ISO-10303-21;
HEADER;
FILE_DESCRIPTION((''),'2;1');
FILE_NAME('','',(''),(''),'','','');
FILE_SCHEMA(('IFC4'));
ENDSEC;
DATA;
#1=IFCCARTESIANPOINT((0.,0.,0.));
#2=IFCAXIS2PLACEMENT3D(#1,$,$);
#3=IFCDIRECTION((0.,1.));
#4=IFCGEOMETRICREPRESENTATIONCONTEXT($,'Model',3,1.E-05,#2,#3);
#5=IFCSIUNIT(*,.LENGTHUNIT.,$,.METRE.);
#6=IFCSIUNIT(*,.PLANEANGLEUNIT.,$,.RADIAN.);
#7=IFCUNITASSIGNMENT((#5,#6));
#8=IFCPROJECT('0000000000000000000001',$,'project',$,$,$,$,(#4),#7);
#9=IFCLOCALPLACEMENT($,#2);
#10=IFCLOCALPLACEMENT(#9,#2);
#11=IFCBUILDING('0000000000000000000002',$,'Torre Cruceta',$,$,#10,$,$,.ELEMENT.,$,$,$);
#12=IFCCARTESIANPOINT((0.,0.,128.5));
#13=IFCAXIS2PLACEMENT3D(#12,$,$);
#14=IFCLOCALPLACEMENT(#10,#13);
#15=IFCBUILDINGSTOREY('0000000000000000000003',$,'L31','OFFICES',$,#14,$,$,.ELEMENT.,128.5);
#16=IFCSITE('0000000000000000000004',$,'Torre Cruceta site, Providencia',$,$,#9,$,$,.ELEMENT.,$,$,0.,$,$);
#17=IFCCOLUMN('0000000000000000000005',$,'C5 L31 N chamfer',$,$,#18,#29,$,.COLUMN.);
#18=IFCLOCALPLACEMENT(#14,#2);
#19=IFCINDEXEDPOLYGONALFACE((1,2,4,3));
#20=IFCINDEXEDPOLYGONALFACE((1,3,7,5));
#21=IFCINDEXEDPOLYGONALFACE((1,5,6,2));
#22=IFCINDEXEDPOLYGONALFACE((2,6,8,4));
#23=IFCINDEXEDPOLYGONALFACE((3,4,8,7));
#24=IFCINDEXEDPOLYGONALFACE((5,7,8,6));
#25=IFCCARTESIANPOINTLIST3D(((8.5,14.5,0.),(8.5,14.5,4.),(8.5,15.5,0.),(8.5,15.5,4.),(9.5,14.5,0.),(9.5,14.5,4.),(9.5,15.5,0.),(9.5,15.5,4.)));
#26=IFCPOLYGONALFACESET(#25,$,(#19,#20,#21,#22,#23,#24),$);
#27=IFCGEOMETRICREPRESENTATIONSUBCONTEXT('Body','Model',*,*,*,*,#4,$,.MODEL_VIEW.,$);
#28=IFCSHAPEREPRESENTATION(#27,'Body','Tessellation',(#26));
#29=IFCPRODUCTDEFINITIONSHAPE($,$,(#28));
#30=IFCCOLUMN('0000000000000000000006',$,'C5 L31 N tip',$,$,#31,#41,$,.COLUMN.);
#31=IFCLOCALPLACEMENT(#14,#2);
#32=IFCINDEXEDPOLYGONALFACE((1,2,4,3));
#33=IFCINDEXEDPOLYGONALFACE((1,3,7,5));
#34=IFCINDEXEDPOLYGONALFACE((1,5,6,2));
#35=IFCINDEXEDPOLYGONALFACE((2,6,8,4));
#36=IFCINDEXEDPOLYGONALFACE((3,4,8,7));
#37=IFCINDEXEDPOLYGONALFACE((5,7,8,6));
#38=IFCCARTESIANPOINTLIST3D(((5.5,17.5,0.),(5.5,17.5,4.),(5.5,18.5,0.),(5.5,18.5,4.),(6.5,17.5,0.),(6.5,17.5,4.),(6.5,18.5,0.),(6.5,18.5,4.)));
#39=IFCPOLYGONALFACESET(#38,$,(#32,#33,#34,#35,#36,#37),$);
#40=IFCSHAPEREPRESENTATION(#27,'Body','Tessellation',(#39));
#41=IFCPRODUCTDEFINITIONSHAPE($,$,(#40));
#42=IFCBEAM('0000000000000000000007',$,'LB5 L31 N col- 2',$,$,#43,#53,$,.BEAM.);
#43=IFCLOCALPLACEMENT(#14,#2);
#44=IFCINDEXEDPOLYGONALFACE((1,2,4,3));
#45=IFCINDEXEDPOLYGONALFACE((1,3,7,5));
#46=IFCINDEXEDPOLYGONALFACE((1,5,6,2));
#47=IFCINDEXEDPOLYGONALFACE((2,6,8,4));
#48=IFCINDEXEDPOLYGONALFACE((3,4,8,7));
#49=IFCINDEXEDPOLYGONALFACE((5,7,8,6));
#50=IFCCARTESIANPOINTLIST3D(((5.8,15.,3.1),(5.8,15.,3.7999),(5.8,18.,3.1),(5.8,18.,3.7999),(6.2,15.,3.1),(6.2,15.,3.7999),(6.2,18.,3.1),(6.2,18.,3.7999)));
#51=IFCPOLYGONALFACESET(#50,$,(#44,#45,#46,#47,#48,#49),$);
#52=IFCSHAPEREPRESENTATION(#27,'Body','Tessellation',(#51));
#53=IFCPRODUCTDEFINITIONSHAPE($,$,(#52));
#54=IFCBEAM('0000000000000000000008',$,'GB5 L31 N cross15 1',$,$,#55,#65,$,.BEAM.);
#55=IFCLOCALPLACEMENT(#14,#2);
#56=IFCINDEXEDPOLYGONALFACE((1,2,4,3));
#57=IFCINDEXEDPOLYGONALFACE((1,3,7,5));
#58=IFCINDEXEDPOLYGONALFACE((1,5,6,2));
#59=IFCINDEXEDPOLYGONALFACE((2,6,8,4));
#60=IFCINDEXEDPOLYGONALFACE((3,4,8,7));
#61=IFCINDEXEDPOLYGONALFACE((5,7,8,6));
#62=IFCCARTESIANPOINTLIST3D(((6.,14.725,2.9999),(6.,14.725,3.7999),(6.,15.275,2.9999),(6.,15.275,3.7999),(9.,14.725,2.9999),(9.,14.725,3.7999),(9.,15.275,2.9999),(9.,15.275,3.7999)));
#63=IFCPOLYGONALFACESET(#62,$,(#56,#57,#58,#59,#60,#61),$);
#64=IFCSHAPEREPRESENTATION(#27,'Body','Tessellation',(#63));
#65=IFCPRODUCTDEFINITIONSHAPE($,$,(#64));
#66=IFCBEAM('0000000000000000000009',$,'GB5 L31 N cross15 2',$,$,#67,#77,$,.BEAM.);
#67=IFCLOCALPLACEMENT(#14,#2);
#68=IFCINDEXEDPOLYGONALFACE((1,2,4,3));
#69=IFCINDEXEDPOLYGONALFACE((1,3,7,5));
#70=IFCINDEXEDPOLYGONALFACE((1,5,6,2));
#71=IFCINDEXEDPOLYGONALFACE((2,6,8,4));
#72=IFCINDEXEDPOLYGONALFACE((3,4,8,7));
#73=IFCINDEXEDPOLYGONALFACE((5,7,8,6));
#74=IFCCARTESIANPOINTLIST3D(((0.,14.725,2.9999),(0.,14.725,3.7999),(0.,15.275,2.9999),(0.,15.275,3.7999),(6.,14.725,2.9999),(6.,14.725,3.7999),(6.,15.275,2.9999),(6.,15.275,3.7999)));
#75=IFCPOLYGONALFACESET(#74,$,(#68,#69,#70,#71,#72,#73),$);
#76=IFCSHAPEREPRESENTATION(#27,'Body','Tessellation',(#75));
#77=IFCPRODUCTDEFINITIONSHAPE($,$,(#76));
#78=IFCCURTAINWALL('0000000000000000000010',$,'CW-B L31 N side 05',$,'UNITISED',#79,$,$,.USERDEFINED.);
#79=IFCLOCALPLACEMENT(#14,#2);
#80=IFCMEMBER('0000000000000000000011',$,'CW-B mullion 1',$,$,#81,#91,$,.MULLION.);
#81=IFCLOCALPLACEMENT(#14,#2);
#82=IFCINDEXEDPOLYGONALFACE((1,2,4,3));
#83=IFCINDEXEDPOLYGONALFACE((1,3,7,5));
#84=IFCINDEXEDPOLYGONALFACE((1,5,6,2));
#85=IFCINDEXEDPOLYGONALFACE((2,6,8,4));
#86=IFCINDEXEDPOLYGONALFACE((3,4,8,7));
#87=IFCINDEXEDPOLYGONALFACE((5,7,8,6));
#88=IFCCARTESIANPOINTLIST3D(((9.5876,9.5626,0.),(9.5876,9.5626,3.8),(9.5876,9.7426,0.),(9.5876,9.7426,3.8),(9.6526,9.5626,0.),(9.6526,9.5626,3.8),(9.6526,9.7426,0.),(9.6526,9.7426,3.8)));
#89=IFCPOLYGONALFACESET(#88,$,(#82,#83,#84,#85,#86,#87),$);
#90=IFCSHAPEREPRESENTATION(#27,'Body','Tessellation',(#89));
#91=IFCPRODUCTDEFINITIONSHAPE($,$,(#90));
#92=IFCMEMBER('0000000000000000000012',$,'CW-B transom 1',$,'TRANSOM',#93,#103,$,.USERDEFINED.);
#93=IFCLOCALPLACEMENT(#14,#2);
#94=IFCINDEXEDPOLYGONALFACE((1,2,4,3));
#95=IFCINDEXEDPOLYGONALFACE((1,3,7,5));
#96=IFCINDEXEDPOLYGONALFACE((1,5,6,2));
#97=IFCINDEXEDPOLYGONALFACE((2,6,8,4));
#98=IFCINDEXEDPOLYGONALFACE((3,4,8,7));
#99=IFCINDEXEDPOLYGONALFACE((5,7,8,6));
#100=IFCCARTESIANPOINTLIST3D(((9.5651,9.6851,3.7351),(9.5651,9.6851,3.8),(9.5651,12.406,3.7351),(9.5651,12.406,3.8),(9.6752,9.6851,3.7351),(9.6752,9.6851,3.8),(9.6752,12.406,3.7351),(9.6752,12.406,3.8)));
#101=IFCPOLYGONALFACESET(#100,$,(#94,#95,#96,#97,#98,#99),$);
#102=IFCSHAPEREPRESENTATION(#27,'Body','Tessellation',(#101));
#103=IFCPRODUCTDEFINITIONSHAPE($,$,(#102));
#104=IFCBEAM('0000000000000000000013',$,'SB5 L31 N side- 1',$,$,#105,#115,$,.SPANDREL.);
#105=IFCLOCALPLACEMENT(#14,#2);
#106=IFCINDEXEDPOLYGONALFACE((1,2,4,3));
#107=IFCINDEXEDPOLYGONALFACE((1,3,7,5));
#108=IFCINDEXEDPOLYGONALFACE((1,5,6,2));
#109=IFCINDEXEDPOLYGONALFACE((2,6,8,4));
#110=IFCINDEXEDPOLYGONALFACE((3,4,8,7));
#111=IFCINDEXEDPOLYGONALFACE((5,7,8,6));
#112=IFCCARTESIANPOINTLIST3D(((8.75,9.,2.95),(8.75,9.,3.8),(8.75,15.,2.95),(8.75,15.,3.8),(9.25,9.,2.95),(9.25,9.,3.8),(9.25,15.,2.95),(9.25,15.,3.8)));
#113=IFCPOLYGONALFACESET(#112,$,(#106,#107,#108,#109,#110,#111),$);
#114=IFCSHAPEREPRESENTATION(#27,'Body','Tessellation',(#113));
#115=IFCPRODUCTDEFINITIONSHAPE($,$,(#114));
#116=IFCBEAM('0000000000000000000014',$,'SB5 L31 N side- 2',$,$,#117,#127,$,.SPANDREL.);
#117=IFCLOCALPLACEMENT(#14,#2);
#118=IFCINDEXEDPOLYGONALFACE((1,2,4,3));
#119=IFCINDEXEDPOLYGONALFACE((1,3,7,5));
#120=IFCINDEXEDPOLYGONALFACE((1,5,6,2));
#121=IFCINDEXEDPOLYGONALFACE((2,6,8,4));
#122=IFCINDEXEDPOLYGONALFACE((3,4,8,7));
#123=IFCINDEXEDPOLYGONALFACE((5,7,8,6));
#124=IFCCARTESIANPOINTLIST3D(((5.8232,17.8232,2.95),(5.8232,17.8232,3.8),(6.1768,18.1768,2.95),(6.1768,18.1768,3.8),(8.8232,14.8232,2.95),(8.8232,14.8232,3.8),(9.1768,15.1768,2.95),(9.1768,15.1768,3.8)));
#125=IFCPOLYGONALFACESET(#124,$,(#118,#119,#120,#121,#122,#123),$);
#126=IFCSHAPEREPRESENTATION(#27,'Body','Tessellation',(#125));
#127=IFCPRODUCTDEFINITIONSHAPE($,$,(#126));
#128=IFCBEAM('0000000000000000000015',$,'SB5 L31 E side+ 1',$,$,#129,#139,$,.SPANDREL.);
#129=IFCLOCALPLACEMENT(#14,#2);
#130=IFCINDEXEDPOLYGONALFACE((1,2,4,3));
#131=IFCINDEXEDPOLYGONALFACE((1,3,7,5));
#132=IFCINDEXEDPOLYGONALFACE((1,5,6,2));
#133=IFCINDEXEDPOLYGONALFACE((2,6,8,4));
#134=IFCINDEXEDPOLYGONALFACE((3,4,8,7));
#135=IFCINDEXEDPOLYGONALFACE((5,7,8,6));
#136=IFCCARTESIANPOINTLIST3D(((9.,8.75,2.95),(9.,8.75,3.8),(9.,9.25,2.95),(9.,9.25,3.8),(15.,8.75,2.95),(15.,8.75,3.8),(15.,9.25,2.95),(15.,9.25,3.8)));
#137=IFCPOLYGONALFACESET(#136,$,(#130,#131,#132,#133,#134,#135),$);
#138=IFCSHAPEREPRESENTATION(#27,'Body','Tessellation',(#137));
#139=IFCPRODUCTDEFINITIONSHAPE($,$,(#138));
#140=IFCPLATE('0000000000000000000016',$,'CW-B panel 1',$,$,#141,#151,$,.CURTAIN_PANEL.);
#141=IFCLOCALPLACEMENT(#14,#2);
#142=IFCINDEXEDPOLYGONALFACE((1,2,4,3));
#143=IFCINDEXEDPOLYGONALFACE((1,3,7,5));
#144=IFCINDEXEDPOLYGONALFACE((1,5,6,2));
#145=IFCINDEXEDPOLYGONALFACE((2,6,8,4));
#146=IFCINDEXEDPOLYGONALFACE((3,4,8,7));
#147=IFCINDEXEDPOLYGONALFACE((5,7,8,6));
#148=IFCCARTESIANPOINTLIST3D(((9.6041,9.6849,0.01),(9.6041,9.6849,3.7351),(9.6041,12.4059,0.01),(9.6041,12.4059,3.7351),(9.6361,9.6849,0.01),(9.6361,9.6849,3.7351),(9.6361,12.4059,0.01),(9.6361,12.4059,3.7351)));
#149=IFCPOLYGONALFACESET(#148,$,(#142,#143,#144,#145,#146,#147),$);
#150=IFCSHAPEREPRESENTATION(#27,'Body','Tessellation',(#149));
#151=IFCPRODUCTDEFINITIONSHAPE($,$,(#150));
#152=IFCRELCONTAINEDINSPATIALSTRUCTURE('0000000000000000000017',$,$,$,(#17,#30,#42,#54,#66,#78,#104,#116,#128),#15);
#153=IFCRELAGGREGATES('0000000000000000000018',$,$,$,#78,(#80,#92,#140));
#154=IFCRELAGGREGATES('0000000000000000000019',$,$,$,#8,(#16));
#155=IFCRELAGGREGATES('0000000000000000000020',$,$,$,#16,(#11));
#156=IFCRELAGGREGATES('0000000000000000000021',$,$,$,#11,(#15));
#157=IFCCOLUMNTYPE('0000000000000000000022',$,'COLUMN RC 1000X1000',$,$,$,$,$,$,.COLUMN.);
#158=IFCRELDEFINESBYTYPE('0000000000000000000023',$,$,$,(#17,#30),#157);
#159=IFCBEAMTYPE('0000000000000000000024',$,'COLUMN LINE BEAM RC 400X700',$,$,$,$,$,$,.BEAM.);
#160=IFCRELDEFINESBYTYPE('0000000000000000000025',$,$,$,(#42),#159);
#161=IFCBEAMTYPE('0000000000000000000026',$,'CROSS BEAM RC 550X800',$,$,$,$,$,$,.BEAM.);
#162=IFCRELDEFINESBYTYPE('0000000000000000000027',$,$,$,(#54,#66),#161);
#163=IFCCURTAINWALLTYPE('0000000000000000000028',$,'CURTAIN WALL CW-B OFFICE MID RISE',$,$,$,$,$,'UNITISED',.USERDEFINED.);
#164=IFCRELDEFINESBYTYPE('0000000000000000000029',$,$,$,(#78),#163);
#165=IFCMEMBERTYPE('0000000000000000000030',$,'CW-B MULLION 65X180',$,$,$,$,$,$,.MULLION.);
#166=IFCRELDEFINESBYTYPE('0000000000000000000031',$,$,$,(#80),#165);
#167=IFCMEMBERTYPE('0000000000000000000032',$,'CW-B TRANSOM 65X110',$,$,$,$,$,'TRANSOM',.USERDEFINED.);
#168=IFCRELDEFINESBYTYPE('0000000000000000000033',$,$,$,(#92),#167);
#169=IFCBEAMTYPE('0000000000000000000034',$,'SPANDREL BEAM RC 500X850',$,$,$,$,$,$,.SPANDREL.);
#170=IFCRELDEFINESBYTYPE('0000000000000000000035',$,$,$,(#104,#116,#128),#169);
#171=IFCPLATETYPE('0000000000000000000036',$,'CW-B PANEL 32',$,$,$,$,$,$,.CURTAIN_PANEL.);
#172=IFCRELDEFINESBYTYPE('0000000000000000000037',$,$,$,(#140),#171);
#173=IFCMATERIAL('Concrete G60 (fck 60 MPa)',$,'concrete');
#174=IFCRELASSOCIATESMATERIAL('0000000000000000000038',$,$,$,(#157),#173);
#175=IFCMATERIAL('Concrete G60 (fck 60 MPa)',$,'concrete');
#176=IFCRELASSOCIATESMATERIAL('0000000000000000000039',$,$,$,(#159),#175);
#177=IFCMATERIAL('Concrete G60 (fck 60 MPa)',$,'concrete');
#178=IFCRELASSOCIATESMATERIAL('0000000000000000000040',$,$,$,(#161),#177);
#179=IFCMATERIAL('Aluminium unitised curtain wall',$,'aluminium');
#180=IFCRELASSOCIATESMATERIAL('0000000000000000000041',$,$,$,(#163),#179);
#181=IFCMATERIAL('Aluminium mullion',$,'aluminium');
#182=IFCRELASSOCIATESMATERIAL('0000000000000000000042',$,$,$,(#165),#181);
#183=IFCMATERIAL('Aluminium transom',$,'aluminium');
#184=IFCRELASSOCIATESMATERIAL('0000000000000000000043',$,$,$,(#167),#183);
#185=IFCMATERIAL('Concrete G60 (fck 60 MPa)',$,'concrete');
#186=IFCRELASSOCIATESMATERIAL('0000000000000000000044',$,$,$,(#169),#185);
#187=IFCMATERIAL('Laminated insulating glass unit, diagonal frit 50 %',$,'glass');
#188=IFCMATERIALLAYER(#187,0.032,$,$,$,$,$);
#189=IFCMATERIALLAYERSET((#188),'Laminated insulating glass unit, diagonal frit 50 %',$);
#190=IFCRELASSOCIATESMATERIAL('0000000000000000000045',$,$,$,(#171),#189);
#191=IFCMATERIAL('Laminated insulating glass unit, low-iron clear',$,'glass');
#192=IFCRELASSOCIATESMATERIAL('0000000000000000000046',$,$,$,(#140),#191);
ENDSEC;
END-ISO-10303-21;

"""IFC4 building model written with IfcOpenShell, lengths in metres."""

from ifc_helpers import new_model, si_unit, direction, frame, origin, origin_2d, place, context, subcontext, project, spatial, rectangle, extrude, material, layer, layer_set, material_profile, profile_set, type_object, element, aggregate, save


model = new_model("IFC4")

# Units and contexts
model_context = context("Model", 3, precision=1e-05, world=origin(), true_north=direction((0.0, 1.0)))
body_context = subcontext(model_context, "Body", "Model", "MODEL_VIEW")
ifc_project = project(units=[si_unit("LENGTHUNIT", "METRE"), si_unit("PLANEANGLEUNIT", "RADIAN")], contexts=[model_context])

# Site, building, storey
site_placement = place(None, origin())
site = spatial("IfcSite", under=ifc_project, at=site_placement, Name="Torre Cruceta site, Providencia", CompositionType="ELEMENT", RefElevation=0.0)
building_placement = place(site_placement, origin())
building = spatial("IfcBuilding", under=site, at=building_placement, Name="Torre Cruceta", CompositionType="ELEMENT")
storey_placement = place(building_placement, frame((0.0, 0.0, 128.5)))
storey = spatial("IfcBuildingStorey", under=building, at=storey_placement, Name="L31", Description="OFFICES", CompositionType="ELEMENT", Elevation=128.5)

# Columns
ifc_material_1 = material(Name="Concrete G60 (fck 60 MPa)", Category="concrete")
ifc_material_profile_1 = material_profile(ifc_material_1, rectangle(XDim=1.0, YDim=1.0, at=origin_2d()), Name="RC 1000X1000")
ifc_profile_set_1 = profile_set([ifc_material_profile_1], Name="Concrete G60 (fck 60 MPa)")
column_type = type_object("IfcColumnType", Name="COLUMN RC 1000X1000", PredefinedType="COLUMN", material=ifc_profile_set_1)
for number, where, z_axis, x_axis, name in (
    (1, (9.0, 15.0, 0.0), (0.0, 0.0, 1.0), (1.0, 0.0, 0.0), "C5 L31 N chamfer"),
    (2, (6.0, 18.0, 0.0), (0.0, 0.0, 1.0), (1.0, 0.0, 0.0), "C5 L31 N tip"),
):
    element("IfcColumn", number, at=place(storey_placement, frame(where, z_axis=z_axis, x_axis=x_axis)), inside=storey, type_object=column_type, Name=name, PredefinedType="COLUMN", context=body_context, shape_type="SweptSolid", body=[
        extrude(rectangle(XDim=1.0, YDim=1.0, at=origin_2d()), origin(), (0.0, 0.0, 1.0), 4.0),
    ])

# Beams
ifc_material_2 = material(Name="Concrete G60 (fck 60 MPa)", Category="concrete")
ifc_material_profile_2 = material_profile(ifc_material_2, rectangle(XDim=0.3999, YDim=0.7, at=origin_2d()), Name="RC 400X700")
ifc_profile_set_2 = profile_set([ifc_material_profile_2], Name="Concrete G60 (fck 60 MPa)")
beam_type_1 = type_object("IfcBeamType", Name="COLUMN LINE BEAM RC 400X700", PredefinedType="BEAM", material=ifc_profile_set_2)
beam_1_placement = place(storey_placement, frame((6.0, 15.0, 3.45), z_axis=(0.0, 1.0, 0.0), x_axis=(-1.0, 0.0, 0.0)))
element("IfcBeam", 3, at=beam_1_placement, inside=storey, type_object=beam_type_1, Name="LB5 L31 N col- 2", PredefinedType="BEAM", context=body_context, shape_type="SweptSolid", body=[
    extrude(rectangle(XDim=0.3999, YDim=0.7, at=origin_2d()), origin(), (0.0, 0.0, 1.0), 3.0),
])
ifc_material_3 = material(Name="Concrete G60 (fck 60 MPa)", Category="concrete")
ifc_material_profile_3 = material_profile(ifc_material_3, rectangle(XDim=0.55, YDim=0.8, at=origin_2d()), Name="RC 550X800")
ifc_profile_set_3 = profile_set([ifc_material_profile_3], Name="Concrete G60 (fck 60 MPa)")
beam_type_2 = type_object("IfcBeamType", Name="CROSS BEAM RC 550X800", PredefinedType="BEAM", material=ifc_profile_set_3)
beam_2_placement = place(storey_placement, frame((9.0, 15.0, 3.3999), z_axis=(-1.0, 0.0, 0.0), x_axis=(0.0, -1.0, 0.0)))
element("IfcBeam", 4, at=beam_2_placement, inside=storey, type_object=beam_type_2, Name="GB5 L31 N cross15 1", PredefinedType="BEAM", context=body_context, shape_type="SweptSolid", body=[
    extrude(rectangle(XDim=0.55, YDim=0.8, at=origin_2d()), origin(), (0.0, 0.0, 1.0), 3.0),
])
beam_3_placement = place(storey_placement, frame((6.0, 15.0, 3.3999), z_axis=(-1.0, 0.0, 0.0), x_axis=(0.0, -1.0, 0.0)))
element("IfcBeam", 5, at=beam_3_placement, inside=storey, type_object=beam_type_2, Name="GB5 L31 N cross15 2", PredefinedType="BEAM", context=body_context, shape_type="SweptSolid", body=[
    extrude(rectangle(XDim=0.55, YDim=0.8, at=origin_2d()), origin(), (0.0, 0.0, 1.0), 6.0),
])

# Curtain wall, members
ifc_material_4 = material(Name="Aluminium unitised curtain wall", Category="aluminium")
curtain_wall_type = type_object("IfcCurtainWallType", Name="CURTAIN WALL CW-B OFFICE MID RISE", ElementType="UNITISED", PredefinedType="USERDEFINED", material=ifc_material_4)
curtain_wall_placement = place(storey_placement, origin())
curtain_wall = element("IfcCurtainWall", 6, at=curtain_wall_placement, inside=storey, type_object=curtain_wall_type, Name="CW-B L31 N side 05", ObjectType="UNITISED", PredefinedType="USERDEFINED")
ifc_material_5 = material(Name="Aluminium mullion", Category="aluminium")
ifc_material_profile_4 = material_profile(ifc_material_5, rectangle(XDim=0.0649, YDim=0.1799, at=origin_2d()), Name="AL 65X180")
ifc_profile_set_4 = profile_set([ifc_material_profile_4], Name="Aluminium mullion")
member_type_1 = type_object("IfcMemberType", Name="CW-B MULLION 65X180", PredefinedType="MULLION", material=ifc_profile_set_4)
member_1_placement = place(storey_placement, frame((9.6201, 9.6526, 0.0), z_axis=(0.0, 0.0, 1.0), x_axis=(-1.0, 0.0, 0.0)))
member_1 = element("IfcMember", 7, at=member_1_placement, type_object=member_type_1, Name="CW-B mullion 1", PredefinedType="MULLION", context=body_context, shape_type="SweptSolid", body=[
    extrude(rectangle(XDim=0.0649, YDim=0.1799, at=origin_2d()), origin(), (0.0, 0.0, 1.0), 3.8),
])
ifc_material_6 = material(Name="Aluminium transom", Category="aluminium")
ifc_material_profile_5 = material_profile(ifc_material_6, rectangle(XDim=0.1101, YDim=0.0649, at=origin_2d()), Name="AL 110X65")
ifc_profile_set_5 = profile_set([ifc_material_profile_5], Name="Aluminium transom")
member_type_2 = type_object("IfcMemberType", Name="CW-B TRANSOM 65X110", ElementType="TRANSOM", PredefinedType="USERDEFINED", material=ifc_profile_set_5)
member_2_placement = place(storey_placement, frame((9.6201, 9.6851, 3.7676), z_axis=(0.0, 1.0, 0.0), x_axis=(-1.0, 0.0, 0.0)))
member_2 = element("IfcMember", 8, at=member_2_placement, type_object=member_type_2, Name="CW-B transom 1", ObjectType="TRANSOM", PredefinedType="USERDEFINED", context=body_context, shape_type="SweptSolid", body=[
    extrude(rectangle(XDim=0.1101, YDim=0.0649, at=origin_2d()), origin(), (0.0, 0.0, 1.0), 2.7209),
])

# Beams
ifc_material_7 = material(Name="Concrete G60 (fck 60 MPa)", Category="concrete")
ifc_material_profile_6 = material_profile(ifc_material_7, rectangle(XDim=0.5, YDim=0.8501, at=origin_2d()), Name="RC 500X850")
ifc_profile_set_6 = profile_set([ifc_material_profile_6], Name="Concrete G60 (fck 60 MPa)")
beam_type_3 = type_object("IfcBeamType", Name="SPANDREL BEAM RC 500X850", PredefinedType="SPANDREL", material=ifc_profile_set_6)
beam_4_placement = place(storey_placement, frame((9.0, 9.0, 3.375), z_axis=(0.0, 1.0, 0.0), x_axis=(-1.0, 0.0, 0.0)))
element("IfcBeam", 9, at=beam_4_placement, inside=storey, type_object=beam_type_3, Name="SB5 L31 N side- 1", PredefinedType="SPANDREL", context=body_context, shape_type="SweptSolid", body=[
    extrude(rectangle(XDim=0.5, YDim=0.8501, at=origin_2d()), origin(), (0.0, 0.0, 1.0), 6.0),
])
beam_5_placement = place(storey_placement, frame((9.0, 15.0, 3.375), z_axis=(-0.707107, 0.707107, 0.0), x_axis=(-0.707107, -0.707107, 0.0)))
element("IfcBeam", 10, at=beam_5_placement, inside=storey, type_object=beam_type_3, Name="SB5 L31 N side- 2", PredefinedType="SPANDREL", context=body_context, shape_type="SweptSolid", body=[
    extrude(rectangle(XDim=0.5, YDim=0.8501, at=origin_2d()), origin(), (0.0, 0.0, 1.0), 4.2427),
])
beam_6_placement = place(storey_placement, frame((9.0, 9.0, 3.375), z_axis=(1.0, 0.0, 0.0), x_axis=(0.0, 1.0, 0.0)))
element("IfcBeam", 11, at=beam_6_placement, inside=storey, type_object=beam_type_3, Name="SB5 L31 E side+ 1", PredefinedType="SPANDREL", context=body_context, shape_type="SweptSolid", body=[
    extrude(rectangle(XDim=0.5, YDim=0.8501, at=origin_2d()), origin(), (0.0, 0.0, 1.0), 6.0),
])

# Plate
ifc_material_8 = material(Name="Laminated insulating glass unit, low-iron clear", Category="glass")
ifc_material_9 = material(Name="Laminated insulating glass unit, diagonal frit 50 %", Category="glass")
ifc_layer_1 = layer(ifc_material_9, 0.032)
ifc_layer_set_1 = layer_set([ifc_layer_1], Name="Laminated insulating glass unit, diagonal frit 50 %")
plate_type = type_object("IfcPlateType", Name="CW-B PANEL 32", PredefinedType="CURTAIN_PANEL", material=ifc_layer_set_1)
plate_placement = place(storey_placement, frame((9.6201, 11.0454, 0.01), z_axis=(0.0, 0.0, 1.0), x_axis=(0.0, 1.0, 0.0)))
plate = element("IfcPlate", 12, at=plate_placement, type_object=plate_type, material=ifc_material_8, Name="CW-B panel 1", PredefinedType="CURTAIN_PANEL", context=body_context, shape_type="SweptSolid", body=[
    extrude(rectangle(XDim=2.7209, YDim=0.032, at=origin_2d()), origin(), (0.0, 0.0, 1.0), 3.7251),
])
aggregate(curtain_wall, [member_1, member_2, plate])

save(model, "model.ifc")
